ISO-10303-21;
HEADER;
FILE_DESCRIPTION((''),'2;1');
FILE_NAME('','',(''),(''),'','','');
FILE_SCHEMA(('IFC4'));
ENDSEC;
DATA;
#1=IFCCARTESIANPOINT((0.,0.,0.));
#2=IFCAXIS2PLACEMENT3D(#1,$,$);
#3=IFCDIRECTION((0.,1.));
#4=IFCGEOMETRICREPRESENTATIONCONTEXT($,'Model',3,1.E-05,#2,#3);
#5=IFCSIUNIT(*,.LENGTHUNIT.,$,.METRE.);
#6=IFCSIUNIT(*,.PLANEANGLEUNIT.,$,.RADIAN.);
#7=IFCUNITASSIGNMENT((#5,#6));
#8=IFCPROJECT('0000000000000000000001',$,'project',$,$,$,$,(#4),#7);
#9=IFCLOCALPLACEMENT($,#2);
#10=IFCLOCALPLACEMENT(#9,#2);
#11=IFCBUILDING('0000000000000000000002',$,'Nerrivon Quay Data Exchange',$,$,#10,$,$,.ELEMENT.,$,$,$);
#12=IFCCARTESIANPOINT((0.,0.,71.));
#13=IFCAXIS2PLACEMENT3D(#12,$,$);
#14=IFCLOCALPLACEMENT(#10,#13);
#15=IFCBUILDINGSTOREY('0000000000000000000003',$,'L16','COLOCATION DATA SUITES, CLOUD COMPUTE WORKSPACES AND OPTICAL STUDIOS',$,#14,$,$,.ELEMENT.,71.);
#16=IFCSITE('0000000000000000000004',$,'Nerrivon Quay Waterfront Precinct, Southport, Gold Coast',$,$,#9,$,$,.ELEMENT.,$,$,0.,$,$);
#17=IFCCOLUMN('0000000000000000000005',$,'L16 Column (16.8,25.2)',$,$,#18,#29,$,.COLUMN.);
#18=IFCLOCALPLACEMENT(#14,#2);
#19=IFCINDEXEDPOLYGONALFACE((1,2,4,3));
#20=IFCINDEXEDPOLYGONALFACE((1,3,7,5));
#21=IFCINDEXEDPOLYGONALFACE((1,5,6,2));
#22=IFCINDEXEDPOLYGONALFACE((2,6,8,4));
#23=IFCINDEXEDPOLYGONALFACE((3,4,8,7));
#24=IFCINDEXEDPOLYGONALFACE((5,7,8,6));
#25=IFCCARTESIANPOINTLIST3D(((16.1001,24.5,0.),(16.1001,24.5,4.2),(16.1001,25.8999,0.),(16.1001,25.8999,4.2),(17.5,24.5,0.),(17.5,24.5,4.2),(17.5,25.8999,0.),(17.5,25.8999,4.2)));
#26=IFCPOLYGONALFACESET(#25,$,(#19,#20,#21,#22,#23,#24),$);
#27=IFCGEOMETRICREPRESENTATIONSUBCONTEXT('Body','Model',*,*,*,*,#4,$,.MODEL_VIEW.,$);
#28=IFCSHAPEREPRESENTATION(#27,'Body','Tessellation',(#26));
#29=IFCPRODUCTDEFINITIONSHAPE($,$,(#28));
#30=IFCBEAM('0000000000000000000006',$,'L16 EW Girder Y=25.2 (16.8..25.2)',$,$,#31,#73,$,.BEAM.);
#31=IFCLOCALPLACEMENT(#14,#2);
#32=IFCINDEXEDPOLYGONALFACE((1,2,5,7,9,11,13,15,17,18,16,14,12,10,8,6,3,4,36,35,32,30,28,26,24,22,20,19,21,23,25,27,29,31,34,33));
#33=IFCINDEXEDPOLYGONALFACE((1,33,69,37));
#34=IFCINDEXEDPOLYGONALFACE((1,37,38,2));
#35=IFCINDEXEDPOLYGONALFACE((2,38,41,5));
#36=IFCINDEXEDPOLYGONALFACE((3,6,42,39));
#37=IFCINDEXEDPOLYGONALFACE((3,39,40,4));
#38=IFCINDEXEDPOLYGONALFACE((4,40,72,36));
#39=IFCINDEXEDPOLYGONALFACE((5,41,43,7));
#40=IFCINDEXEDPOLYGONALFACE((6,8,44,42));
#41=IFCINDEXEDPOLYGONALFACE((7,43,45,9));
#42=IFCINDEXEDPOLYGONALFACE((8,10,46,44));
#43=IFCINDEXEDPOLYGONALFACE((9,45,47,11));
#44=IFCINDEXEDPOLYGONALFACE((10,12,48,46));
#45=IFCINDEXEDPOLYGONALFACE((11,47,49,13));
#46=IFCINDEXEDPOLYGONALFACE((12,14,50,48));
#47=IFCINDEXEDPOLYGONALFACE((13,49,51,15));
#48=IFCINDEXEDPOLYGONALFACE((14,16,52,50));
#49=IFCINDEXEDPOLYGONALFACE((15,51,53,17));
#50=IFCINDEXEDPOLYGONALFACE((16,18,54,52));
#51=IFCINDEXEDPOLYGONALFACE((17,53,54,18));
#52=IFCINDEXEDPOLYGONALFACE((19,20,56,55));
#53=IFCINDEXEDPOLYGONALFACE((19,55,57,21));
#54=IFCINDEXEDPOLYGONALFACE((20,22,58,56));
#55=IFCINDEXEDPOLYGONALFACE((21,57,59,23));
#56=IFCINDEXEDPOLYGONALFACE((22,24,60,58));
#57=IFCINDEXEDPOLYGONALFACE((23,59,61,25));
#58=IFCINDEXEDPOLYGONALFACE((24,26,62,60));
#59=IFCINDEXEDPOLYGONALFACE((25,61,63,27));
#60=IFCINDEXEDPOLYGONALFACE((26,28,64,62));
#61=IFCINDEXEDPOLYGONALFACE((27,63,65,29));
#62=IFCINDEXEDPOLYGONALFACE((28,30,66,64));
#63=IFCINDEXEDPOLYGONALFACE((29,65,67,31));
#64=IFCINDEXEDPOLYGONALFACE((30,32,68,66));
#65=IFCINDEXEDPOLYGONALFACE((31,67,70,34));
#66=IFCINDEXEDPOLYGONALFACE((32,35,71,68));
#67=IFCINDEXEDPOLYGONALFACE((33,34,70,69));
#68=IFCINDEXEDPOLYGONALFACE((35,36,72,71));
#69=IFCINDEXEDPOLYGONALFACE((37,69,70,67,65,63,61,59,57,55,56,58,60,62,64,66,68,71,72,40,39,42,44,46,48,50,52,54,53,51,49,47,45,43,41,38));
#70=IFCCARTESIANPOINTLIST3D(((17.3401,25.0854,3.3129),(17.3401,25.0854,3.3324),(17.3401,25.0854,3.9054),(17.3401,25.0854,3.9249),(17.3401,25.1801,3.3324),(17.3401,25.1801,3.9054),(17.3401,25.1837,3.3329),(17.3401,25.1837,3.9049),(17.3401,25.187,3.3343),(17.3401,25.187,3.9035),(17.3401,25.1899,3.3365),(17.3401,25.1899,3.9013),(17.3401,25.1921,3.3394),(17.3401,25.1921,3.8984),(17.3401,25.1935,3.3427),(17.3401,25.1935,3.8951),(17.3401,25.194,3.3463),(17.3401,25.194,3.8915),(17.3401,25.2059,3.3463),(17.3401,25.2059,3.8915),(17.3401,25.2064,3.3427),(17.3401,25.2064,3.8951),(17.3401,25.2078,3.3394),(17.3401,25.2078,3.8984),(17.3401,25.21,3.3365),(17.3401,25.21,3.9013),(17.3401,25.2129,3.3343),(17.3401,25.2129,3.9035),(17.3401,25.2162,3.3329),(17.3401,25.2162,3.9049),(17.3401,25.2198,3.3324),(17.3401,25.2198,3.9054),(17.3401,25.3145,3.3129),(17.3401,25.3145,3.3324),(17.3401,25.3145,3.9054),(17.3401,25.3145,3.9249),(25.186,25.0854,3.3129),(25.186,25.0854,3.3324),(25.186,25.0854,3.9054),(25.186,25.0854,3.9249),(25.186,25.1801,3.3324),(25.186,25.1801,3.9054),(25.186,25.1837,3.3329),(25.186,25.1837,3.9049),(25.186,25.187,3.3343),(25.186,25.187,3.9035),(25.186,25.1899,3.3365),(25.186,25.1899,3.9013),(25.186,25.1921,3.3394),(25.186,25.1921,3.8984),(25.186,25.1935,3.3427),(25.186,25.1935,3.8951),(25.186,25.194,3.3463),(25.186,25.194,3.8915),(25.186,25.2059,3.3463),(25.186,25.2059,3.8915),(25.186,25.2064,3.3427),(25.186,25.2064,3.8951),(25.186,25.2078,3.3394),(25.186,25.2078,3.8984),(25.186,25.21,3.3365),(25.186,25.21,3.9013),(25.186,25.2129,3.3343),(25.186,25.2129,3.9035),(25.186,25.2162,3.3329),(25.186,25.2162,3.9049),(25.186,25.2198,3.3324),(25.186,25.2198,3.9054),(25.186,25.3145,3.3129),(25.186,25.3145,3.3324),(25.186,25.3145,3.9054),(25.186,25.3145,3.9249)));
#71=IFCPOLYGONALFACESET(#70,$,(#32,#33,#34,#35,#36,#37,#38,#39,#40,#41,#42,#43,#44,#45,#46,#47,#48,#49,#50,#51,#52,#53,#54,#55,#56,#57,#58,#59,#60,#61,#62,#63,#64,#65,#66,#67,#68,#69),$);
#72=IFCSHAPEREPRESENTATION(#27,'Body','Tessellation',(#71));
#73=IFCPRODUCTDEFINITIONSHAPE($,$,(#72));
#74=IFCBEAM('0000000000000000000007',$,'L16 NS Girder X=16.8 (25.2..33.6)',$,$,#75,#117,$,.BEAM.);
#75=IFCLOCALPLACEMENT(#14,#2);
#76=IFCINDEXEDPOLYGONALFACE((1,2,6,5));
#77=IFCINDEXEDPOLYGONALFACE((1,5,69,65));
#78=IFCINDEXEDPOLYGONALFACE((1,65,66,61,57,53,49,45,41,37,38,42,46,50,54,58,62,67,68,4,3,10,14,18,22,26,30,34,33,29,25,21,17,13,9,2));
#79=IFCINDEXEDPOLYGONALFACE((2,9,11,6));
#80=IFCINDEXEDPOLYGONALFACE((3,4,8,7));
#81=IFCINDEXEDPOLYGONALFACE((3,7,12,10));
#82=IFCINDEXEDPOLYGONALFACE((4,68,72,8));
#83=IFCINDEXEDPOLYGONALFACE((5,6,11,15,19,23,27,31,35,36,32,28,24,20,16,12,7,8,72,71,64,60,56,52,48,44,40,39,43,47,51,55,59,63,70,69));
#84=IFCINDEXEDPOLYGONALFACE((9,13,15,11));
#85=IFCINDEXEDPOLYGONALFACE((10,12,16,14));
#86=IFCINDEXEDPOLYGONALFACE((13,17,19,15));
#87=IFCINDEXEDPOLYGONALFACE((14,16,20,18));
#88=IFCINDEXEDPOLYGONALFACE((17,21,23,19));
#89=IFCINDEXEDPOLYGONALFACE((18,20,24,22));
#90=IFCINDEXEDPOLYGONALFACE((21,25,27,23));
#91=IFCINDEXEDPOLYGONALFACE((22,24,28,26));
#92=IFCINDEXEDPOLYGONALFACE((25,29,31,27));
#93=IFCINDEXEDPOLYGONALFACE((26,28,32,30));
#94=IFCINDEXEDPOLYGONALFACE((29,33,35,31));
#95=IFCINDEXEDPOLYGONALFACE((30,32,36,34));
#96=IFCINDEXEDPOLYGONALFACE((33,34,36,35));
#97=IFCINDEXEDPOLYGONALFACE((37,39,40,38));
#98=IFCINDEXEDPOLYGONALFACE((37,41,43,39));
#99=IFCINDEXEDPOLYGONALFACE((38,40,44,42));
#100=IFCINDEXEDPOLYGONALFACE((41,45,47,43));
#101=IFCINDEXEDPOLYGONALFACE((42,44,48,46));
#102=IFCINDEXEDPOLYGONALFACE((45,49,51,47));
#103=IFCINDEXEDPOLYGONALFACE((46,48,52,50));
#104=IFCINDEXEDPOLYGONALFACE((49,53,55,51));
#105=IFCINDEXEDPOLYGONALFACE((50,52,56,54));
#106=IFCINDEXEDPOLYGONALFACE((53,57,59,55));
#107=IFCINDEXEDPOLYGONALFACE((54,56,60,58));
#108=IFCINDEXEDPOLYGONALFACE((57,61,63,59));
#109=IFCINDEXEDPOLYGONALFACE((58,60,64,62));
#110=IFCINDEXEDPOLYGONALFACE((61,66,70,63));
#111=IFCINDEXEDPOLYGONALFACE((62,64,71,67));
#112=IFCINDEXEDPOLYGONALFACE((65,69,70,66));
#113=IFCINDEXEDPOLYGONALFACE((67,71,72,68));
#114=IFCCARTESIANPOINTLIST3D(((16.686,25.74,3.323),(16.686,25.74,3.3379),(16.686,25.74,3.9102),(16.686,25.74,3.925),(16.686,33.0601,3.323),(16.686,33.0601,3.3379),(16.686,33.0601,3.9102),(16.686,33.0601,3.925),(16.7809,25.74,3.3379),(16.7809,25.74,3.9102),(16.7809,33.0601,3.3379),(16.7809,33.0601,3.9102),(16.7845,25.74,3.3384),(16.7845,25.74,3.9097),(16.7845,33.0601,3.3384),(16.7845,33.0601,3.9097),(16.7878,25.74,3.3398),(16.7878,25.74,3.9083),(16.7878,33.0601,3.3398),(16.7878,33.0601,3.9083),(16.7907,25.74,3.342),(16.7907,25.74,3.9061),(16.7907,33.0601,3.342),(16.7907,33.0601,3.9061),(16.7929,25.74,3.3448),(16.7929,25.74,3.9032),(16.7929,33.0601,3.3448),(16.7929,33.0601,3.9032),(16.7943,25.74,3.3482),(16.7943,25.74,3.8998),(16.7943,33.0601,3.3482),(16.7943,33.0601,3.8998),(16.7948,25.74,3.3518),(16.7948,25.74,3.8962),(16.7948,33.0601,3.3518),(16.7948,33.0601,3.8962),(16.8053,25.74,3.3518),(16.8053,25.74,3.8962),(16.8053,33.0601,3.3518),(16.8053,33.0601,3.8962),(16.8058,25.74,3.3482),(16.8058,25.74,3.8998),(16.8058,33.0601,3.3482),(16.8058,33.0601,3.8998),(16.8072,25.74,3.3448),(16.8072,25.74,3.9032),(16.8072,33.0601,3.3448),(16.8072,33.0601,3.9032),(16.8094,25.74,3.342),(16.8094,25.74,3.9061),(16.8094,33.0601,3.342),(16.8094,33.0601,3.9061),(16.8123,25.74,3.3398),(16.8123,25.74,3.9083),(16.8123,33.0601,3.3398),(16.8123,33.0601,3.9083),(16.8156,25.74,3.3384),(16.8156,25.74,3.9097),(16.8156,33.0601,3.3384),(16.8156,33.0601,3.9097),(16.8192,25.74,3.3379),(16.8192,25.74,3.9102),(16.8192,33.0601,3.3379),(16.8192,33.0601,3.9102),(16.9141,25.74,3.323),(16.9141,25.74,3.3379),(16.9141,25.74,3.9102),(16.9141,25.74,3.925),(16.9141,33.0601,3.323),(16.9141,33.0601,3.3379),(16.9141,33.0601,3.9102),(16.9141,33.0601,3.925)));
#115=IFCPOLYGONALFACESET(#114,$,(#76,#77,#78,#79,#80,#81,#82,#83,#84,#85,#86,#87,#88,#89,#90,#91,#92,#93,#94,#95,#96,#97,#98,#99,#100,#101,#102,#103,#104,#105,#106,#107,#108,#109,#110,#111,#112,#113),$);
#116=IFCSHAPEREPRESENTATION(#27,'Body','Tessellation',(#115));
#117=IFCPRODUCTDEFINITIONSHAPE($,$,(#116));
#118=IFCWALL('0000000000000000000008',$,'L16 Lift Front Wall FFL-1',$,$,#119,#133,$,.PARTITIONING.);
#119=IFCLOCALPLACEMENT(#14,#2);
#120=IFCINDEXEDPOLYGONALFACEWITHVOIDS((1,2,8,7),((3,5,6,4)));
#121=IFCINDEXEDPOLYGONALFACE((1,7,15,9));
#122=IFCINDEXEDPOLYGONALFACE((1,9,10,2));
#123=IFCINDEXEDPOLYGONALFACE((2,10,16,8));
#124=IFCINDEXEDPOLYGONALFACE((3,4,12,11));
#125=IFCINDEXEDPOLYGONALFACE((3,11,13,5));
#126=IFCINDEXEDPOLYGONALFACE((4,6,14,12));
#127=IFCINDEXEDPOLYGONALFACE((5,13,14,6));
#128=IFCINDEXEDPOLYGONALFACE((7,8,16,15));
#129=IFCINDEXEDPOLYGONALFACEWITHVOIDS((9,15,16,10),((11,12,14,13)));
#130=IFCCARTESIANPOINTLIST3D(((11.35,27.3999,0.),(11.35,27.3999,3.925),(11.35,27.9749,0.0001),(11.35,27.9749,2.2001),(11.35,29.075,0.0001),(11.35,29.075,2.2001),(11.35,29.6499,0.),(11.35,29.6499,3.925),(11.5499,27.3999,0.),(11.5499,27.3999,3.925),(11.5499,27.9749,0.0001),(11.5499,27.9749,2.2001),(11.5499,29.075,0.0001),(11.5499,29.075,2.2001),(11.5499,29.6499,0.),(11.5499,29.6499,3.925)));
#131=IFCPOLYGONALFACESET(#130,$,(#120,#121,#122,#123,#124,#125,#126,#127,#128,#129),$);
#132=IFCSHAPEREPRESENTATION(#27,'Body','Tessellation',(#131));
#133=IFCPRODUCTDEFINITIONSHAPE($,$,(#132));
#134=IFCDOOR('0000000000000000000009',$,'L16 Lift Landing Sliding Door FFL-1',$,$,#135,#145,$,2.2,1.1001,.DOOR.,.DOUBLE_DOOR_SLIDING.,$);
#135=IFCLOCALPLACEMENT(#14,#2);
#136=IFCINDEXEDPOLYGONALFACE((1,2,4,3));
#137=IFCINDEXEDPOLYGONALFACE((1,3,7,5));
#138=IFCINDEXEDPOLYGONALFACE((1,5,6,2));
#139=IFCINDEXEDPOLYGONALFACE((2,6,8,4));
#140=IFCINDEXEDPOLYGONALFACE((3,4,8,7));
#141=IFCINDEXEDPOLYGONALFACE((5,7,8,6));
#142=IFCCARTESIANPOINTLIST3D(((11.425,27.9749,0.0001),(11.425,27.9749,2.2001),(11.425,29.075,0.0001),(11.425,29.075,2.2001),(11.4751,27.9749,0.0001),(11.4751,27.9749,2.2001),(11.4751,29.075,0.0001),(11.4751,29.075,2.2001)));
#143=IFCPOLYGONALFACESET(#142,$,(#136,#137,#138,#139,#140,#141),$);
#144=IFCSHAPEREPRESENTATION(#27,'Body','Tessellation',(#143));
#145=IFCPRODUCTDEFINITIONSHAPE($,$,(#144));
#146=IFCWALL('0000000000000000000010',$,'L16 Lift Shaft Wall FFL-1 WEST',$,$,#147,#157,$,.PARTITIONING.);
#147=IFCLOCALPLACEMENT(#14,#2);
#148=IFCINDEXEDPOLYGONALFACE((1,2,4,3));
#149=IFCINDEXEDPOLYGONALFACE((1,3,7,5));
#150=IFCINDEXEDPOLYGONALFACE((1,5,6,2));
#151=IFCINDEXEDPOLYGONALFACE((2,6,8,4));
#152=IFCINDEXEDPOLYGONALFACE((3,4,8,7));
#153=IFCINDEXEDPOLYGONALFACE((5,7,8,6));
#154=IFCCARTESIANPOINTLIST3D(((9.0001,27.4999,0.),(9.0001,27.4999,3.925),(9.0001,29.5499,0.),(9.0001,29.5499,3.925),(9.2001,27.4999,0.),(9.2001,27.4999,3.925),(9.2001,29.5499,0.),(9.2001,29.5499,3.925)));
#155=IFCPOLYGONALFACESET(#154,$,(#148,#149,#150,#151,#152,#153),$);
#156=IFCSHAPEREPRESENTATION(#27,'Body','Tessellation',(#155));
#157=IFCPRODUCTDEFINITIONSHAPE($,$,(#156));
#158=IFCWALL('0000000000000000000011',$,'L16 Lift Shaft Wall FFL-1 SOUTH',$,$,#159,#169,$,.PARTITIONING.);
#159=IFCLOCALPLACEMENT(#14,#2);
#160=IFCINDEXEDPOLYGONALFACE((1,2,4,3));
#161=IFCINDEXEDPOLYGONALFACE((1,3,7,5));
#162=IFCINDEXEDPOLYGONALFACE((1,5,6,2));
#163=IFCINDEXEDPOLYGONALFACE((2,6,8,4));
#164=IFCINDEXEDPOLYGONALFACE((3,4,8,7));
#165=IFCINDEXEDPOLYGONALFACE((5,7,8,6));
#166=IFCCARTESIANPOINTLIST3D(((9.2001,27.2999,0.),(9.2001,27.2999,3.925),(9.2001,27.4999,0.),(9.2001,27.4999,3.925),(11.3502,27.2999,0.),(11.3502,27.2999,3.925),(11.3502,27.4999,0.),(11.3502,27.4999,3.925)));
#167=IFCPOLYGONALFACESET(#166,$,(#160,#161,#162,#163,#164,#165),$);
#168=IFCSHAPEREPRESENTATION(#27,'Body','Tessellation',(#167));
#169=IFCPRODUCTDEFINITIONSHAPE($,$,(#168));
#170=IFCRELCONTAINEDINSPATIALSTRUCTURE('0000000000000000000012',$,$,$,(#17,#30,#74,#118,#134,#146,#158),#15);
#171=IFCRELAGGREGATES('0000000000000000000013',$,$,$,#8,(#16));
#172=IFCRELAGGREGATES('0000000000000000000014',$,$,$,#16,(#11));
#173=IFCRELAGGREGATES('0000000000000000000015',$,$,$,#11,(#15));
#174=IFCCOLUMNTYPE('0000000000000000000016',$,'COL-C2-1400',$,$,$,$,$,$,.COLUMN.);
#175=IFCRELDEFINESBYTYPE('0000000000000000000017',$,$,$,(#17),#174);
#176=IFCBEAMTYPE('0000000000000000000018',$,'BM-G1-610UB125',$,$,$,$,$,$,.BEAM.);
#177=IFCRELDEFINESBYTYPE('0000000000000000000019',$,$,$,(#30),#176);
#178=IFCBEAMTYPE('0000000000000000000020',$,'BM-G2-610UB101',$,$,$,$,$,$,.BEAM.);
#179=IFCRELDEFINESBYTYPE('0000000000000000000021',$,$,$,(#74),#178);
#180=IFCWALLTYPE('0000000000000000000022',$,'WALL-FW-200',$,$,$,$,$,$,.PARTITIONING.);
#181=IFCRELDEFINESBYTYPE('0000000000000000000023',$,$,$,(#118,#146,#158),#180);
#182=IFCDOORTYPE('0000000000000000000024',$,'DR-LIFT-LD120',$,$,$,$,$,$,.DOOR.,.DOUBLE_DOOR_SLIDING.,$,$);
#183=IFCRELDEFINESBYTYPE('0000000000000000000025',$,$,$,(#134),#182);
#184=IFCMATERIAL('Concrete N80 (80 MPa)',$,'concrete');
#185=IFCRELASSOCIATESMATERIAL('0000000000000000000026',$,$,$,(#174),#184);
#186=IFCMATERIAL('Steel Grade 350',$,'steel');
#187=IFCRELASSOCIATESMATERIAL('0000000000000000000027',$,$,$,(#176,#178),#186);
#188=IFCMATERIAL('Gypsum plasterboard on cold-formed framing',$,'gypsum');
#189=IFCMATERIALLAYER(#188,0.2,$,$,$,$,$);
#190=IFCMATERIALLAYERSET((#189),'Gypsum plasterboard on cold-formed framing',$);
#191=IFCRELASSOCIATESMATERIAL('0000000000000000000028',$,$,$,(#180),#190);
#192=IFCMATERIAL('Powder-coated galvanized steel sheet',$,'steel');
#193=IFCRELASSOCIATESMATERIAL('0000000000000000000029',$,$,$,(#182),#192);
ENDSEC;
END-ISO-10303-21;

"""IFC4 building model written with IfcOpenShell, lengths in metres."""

from ifc_helpers import new_model, si_unit, direction, frame, frame_2d, origin, origin_2d, place, context, subcontext, project, spatial, rectangle, i_section, extrude, material, layer, layer_set, material_profile, profile_set, type_object, element, fill, save


model = new_model("IFC4")

# Units and contexts
model_context = context("Model", 3, precision=1e-05, world=origin(), true_north=direction((0.0, 1.0)))
body_context = subcontext(model_context, "Body", "Model", "MODEL_VIEW")
ifc_project = project(units=[si_unit("LENGTHUNIT", "METRE"), si_unit("PLANEANGLEUNIT", "RADIAN")], contexts=[model_context])

# Site, building, storey
site_placement = place(None, origin())
site = spatial("IfcSite", under=ifc_project, at=site_placement, Name="Nerrivon Quay Waterfront Precinct, Southport, Gold Coast", CompositionType="ELEMENT", RefElevation=0.0)
building_placement = place(site_placement, origin())
building = spatial("IfcBuilding", under=site, at=building_placement, Name="Nerrivon Quay Data Exchange", CompositionType="ELEMENT")
storey_placement = place(building_placement, frame((0.0, 0.0, 71.0)))
storey = spatial("IfcBuildingStorey", under=building, at=storey_placement, Name="L16", Description="COLOCATION DATA SUITES, CLOUD COMPUTE WORKSPACES AND OPTICAL STUDIOS", CompositionType="ELEMENT", Elevation=71.0)

# Column
ifc_material_1 = material(Name="Concrete N80 (80 MPa)", Category="concrete")
ifc_material_profile_1 = material_profile(ifc_material_1, rectangle(XDim=1.3999, YDim=1.3999, at=origin_2d()), Name="RC-COL-1400x1400")
ifc_profile_set_1 = profile_set([ifc_material_profile_1], Name="Concrete N80 (80 MPa)")
column_type = type_object("IfcColumnType", Name="COL-C2-1400", PredefinedType="COLUMN", material=ifc_profile_set_1)
column_placement = place(storey_placement, frame((16.8, 25.2, 0.0), z_axis=(0.0, 0.0, 1.0), x_axis=(1.0, 0.0, 0.0)))
element("IfcColumn", 1, at=column_placement, inside=storey, type_object=column_type, Name="L16 Column (16.8,25.2)", PredefinedType="COLUMN", context=body_context, shape_type="SweptSolid", body=[
    extrude(rectangle(XDim=1.3999, YDim=1.3999, at=origin_2d()), origin(), (0.0, 0.0, 1.0), 4.2),
])

# Beams
ifc_material_2 = material(Name="Steel Grade 350", Category="steel")
ifc_material_profile_2 = material_profile(ifc_material_2, i_section(OverallWidth=0.229, OverallDepth=0.6121, WebThickness=0.012, FlangeThickness=0.0195, FilletRadius=0.0139, at=origin_2d()), Name="610UB125")
ifc_profile_set_2 = profile_set([ifc_material_profile_2], Name="Steel Grade 350")
beam_type_1 = type_object("IfcBeamType", Name="BM-G1-610UB125", PredefinedType="BEAM", material=ifc_profile_set_2)
beam_1_placement = place(storey_placement, frame((17.3401, 25.2, 3.6189), z_axis=(1.0, 0.0, 0.0), x_axis=(0.0, 1.0, 0.0)))
element("IfcBeam", 2, at=beam_1_placement, inside=storey, type_object=beam_type_1, Name="L16 EW Girder Y=25.2 (16.8..25.2)", PredefinedType="BEAM", context=body_context, shape_type="SweptSolid", body=[
    extrude(i_section(OverallWidth=0.229, OverallDepth=0.6121, WebThickness=0.012, FlangeThickness=0.0195, FilletRadius=0.0139, at=origin_2d()), origin(), (0.0, 0.0, 1.0), 7.8459),
])
ifc_material_profile_3 = material_profile(ifc_material_2, i_section(OverallWidth=0.228, OverallDepth=0.6021, WebThickness=0.0105, FlangeThickness=0.0149, FilletRadius=0.0139, at=origin_2d()), Name="610UB101")
ifc_profile_set_3 = profile_set([ifc_material_profile_3], Name="Steel Grade 350")
beam_type_2 = type_object("IfcBeamType", Name="BM-G2-610UB101", PredefinedType="BEAM", material=ifc_profile_set_3)
beam_2_placement = place(storey_placement, frame((16.8, 25.74, 3.624), z_axis=(0.0, 1.0, 0.0), x_axis=(-1.0, 0.0, 0.0)))
element("IfcBeam", 3, at=beam_2_placement, inside=storey, type_object=beam_type_2, Name="L16 NS Girder X=16.8 (25.2..33.6)", PredefinedType="BEAM", context=body_context, shape_type="SweptSolid", body=[
    extrude(i_section(OverallWidth=0.228, OverallDepth=0.6021, WebThickness=0.0105, FlangeThickness=0.0149, FilletRadius=0.0139, at=origin_2d()), origin(), (0.0, 0.0, 1.0), 7.3201),
])

# Wall, opening, door
ifc_material_3 = material(Name="Powder-coated galvanized steel sheet", Category="steel")
ifc_material_4 = material(Name="Gypsum plasterboard on cold-formed framing", Category="gypsum")
ifc_layer_1 = layer(ifc_material_4, 0.2)
ifc_layer_set_1 = layer_set([ifc_layer_1], Name="Gypsum plasterboard on cold-formed framing")
wall_type_1 = type_object("IfcWallType", Name="WALL-FW-200", PredefinedType="PARTITIONING", material=ifc_layer_set_1)
wall_1_placement = place(storey_placement, frame((11.45, 27.3999, 0.0), z_axis=(0.0, 0.0, 1.0), x_axis=(0.0, 1.0, 0.0)))
wall_1 = element("IfcWall", 4, at=wall_1_placement, inside=storey, type_object=wall_type_1, Name="L16 Lift Front Wall FFL-1", PredefinedType="PARTITIONING", context=body_context, shape_type="SweptSolid", body=[
    extrude(rectangle(XDim=2.25, YDim=0.2, at=frame_2d((1.125, 0.0))), origin(), (0.0, 0.0, 1.0), 3.925),
])
opening_1_placement = place(wall_1_placement, frame((0.575, 0.0, 0.0)))
opening_1 = element("IfcOpeningElement", 5, at=opening_1_placement, cuts=wall_1, PredefinedType="OPENING", context=body_context, shape_type="SweptSolid", body=[
    extrude(rectangle(XDim=1.1001, YDim=2.2, at=frame_2d((0.55, 1.1001))), frame((0.0, 0.1099, 0.0), z_axis=(0.0, -1.0, 0.0), x_axis=(1.0, 0.0, 0.0)), (0.0, 0.0, 1.0), 0.22),
])
door_type_1 = type_object("IfcDoorType", Name="DR-LIFT-LD120", OperationType="DOUBLE_DOOR_SLIDING", PredefinedType="DOOR", material=ifc_material_3)
door_1_placement = place(opening_1_placement, origin())
door_1 = element("IfcDoor", 6, at=door_1_placement, inside=storey, type_object=door_type_1, Name="L16 Lift Landing Sliding Door FFL-1", OperationType="DOUBLE_DOOR_SLIDING", OverallHeight=2.2, OverallWidth=1.1001, PredefinedType="DOOR", context=body_context, shape_type="SweptSolid", body=[
    extrude(rectangle(XDim=1.1001, YDim=2.2, at=frame_2d((0.55, 1.1001))), frame((0.0, 0.0249, 0.0), z_axis=(0.0, -1.0, 0.0), x_axis=(1.0, 0.0, 0.0)), (0.0, 0.0, 1.0), 0.05),
])
fill(opening_1, door_1)

# Walls
wall_2_placement = place(storey_placement, frame((9.1001, 27.5, 0.0), z_axis=(0.0, 0.0, 1.0), x_axis=(0.0, 1.0, 0.0)))
element("IfcWall", 7, at=wall_2_placement, inside=storey, type_object=wall_type_1, Name="L16 Lift Shaft Wall FFL-1 WEST", PredefinedType="PARTITIONING", context=body_context, shape_type="SweptSolid", body=[
    extrude(rectangle(XDim=2.05, YDim=0.2, at=frame_2d((1.0249, 0.0))), origin(), (0.0, 0.0, 1.0), 3.925),
])
wall_3_placement = place(storey_placement, frame((9.2, 27.3999, 0.0), z_axis=(0.0, 0.0, 1.0), x_axis=(1.0, 0.0, 0.0)))
element("IfcWall", 8, at=wall_3_placement, inside=storey, type_object=wall_type_1, Name="L16 Lift Shaft Wall FFL-1 SOUTH", PredefinedType="PARTITIONING", context=body_context, shape_type="SweptSolid", body=[
    extrude(rectangle(XDim=2.1501, YDim=0.2, at=frame_2d((1.0752, 0.0))), origin(), (0.0, 0.0, 1.0), 3.925),
])

save(model, "model.ifc")
